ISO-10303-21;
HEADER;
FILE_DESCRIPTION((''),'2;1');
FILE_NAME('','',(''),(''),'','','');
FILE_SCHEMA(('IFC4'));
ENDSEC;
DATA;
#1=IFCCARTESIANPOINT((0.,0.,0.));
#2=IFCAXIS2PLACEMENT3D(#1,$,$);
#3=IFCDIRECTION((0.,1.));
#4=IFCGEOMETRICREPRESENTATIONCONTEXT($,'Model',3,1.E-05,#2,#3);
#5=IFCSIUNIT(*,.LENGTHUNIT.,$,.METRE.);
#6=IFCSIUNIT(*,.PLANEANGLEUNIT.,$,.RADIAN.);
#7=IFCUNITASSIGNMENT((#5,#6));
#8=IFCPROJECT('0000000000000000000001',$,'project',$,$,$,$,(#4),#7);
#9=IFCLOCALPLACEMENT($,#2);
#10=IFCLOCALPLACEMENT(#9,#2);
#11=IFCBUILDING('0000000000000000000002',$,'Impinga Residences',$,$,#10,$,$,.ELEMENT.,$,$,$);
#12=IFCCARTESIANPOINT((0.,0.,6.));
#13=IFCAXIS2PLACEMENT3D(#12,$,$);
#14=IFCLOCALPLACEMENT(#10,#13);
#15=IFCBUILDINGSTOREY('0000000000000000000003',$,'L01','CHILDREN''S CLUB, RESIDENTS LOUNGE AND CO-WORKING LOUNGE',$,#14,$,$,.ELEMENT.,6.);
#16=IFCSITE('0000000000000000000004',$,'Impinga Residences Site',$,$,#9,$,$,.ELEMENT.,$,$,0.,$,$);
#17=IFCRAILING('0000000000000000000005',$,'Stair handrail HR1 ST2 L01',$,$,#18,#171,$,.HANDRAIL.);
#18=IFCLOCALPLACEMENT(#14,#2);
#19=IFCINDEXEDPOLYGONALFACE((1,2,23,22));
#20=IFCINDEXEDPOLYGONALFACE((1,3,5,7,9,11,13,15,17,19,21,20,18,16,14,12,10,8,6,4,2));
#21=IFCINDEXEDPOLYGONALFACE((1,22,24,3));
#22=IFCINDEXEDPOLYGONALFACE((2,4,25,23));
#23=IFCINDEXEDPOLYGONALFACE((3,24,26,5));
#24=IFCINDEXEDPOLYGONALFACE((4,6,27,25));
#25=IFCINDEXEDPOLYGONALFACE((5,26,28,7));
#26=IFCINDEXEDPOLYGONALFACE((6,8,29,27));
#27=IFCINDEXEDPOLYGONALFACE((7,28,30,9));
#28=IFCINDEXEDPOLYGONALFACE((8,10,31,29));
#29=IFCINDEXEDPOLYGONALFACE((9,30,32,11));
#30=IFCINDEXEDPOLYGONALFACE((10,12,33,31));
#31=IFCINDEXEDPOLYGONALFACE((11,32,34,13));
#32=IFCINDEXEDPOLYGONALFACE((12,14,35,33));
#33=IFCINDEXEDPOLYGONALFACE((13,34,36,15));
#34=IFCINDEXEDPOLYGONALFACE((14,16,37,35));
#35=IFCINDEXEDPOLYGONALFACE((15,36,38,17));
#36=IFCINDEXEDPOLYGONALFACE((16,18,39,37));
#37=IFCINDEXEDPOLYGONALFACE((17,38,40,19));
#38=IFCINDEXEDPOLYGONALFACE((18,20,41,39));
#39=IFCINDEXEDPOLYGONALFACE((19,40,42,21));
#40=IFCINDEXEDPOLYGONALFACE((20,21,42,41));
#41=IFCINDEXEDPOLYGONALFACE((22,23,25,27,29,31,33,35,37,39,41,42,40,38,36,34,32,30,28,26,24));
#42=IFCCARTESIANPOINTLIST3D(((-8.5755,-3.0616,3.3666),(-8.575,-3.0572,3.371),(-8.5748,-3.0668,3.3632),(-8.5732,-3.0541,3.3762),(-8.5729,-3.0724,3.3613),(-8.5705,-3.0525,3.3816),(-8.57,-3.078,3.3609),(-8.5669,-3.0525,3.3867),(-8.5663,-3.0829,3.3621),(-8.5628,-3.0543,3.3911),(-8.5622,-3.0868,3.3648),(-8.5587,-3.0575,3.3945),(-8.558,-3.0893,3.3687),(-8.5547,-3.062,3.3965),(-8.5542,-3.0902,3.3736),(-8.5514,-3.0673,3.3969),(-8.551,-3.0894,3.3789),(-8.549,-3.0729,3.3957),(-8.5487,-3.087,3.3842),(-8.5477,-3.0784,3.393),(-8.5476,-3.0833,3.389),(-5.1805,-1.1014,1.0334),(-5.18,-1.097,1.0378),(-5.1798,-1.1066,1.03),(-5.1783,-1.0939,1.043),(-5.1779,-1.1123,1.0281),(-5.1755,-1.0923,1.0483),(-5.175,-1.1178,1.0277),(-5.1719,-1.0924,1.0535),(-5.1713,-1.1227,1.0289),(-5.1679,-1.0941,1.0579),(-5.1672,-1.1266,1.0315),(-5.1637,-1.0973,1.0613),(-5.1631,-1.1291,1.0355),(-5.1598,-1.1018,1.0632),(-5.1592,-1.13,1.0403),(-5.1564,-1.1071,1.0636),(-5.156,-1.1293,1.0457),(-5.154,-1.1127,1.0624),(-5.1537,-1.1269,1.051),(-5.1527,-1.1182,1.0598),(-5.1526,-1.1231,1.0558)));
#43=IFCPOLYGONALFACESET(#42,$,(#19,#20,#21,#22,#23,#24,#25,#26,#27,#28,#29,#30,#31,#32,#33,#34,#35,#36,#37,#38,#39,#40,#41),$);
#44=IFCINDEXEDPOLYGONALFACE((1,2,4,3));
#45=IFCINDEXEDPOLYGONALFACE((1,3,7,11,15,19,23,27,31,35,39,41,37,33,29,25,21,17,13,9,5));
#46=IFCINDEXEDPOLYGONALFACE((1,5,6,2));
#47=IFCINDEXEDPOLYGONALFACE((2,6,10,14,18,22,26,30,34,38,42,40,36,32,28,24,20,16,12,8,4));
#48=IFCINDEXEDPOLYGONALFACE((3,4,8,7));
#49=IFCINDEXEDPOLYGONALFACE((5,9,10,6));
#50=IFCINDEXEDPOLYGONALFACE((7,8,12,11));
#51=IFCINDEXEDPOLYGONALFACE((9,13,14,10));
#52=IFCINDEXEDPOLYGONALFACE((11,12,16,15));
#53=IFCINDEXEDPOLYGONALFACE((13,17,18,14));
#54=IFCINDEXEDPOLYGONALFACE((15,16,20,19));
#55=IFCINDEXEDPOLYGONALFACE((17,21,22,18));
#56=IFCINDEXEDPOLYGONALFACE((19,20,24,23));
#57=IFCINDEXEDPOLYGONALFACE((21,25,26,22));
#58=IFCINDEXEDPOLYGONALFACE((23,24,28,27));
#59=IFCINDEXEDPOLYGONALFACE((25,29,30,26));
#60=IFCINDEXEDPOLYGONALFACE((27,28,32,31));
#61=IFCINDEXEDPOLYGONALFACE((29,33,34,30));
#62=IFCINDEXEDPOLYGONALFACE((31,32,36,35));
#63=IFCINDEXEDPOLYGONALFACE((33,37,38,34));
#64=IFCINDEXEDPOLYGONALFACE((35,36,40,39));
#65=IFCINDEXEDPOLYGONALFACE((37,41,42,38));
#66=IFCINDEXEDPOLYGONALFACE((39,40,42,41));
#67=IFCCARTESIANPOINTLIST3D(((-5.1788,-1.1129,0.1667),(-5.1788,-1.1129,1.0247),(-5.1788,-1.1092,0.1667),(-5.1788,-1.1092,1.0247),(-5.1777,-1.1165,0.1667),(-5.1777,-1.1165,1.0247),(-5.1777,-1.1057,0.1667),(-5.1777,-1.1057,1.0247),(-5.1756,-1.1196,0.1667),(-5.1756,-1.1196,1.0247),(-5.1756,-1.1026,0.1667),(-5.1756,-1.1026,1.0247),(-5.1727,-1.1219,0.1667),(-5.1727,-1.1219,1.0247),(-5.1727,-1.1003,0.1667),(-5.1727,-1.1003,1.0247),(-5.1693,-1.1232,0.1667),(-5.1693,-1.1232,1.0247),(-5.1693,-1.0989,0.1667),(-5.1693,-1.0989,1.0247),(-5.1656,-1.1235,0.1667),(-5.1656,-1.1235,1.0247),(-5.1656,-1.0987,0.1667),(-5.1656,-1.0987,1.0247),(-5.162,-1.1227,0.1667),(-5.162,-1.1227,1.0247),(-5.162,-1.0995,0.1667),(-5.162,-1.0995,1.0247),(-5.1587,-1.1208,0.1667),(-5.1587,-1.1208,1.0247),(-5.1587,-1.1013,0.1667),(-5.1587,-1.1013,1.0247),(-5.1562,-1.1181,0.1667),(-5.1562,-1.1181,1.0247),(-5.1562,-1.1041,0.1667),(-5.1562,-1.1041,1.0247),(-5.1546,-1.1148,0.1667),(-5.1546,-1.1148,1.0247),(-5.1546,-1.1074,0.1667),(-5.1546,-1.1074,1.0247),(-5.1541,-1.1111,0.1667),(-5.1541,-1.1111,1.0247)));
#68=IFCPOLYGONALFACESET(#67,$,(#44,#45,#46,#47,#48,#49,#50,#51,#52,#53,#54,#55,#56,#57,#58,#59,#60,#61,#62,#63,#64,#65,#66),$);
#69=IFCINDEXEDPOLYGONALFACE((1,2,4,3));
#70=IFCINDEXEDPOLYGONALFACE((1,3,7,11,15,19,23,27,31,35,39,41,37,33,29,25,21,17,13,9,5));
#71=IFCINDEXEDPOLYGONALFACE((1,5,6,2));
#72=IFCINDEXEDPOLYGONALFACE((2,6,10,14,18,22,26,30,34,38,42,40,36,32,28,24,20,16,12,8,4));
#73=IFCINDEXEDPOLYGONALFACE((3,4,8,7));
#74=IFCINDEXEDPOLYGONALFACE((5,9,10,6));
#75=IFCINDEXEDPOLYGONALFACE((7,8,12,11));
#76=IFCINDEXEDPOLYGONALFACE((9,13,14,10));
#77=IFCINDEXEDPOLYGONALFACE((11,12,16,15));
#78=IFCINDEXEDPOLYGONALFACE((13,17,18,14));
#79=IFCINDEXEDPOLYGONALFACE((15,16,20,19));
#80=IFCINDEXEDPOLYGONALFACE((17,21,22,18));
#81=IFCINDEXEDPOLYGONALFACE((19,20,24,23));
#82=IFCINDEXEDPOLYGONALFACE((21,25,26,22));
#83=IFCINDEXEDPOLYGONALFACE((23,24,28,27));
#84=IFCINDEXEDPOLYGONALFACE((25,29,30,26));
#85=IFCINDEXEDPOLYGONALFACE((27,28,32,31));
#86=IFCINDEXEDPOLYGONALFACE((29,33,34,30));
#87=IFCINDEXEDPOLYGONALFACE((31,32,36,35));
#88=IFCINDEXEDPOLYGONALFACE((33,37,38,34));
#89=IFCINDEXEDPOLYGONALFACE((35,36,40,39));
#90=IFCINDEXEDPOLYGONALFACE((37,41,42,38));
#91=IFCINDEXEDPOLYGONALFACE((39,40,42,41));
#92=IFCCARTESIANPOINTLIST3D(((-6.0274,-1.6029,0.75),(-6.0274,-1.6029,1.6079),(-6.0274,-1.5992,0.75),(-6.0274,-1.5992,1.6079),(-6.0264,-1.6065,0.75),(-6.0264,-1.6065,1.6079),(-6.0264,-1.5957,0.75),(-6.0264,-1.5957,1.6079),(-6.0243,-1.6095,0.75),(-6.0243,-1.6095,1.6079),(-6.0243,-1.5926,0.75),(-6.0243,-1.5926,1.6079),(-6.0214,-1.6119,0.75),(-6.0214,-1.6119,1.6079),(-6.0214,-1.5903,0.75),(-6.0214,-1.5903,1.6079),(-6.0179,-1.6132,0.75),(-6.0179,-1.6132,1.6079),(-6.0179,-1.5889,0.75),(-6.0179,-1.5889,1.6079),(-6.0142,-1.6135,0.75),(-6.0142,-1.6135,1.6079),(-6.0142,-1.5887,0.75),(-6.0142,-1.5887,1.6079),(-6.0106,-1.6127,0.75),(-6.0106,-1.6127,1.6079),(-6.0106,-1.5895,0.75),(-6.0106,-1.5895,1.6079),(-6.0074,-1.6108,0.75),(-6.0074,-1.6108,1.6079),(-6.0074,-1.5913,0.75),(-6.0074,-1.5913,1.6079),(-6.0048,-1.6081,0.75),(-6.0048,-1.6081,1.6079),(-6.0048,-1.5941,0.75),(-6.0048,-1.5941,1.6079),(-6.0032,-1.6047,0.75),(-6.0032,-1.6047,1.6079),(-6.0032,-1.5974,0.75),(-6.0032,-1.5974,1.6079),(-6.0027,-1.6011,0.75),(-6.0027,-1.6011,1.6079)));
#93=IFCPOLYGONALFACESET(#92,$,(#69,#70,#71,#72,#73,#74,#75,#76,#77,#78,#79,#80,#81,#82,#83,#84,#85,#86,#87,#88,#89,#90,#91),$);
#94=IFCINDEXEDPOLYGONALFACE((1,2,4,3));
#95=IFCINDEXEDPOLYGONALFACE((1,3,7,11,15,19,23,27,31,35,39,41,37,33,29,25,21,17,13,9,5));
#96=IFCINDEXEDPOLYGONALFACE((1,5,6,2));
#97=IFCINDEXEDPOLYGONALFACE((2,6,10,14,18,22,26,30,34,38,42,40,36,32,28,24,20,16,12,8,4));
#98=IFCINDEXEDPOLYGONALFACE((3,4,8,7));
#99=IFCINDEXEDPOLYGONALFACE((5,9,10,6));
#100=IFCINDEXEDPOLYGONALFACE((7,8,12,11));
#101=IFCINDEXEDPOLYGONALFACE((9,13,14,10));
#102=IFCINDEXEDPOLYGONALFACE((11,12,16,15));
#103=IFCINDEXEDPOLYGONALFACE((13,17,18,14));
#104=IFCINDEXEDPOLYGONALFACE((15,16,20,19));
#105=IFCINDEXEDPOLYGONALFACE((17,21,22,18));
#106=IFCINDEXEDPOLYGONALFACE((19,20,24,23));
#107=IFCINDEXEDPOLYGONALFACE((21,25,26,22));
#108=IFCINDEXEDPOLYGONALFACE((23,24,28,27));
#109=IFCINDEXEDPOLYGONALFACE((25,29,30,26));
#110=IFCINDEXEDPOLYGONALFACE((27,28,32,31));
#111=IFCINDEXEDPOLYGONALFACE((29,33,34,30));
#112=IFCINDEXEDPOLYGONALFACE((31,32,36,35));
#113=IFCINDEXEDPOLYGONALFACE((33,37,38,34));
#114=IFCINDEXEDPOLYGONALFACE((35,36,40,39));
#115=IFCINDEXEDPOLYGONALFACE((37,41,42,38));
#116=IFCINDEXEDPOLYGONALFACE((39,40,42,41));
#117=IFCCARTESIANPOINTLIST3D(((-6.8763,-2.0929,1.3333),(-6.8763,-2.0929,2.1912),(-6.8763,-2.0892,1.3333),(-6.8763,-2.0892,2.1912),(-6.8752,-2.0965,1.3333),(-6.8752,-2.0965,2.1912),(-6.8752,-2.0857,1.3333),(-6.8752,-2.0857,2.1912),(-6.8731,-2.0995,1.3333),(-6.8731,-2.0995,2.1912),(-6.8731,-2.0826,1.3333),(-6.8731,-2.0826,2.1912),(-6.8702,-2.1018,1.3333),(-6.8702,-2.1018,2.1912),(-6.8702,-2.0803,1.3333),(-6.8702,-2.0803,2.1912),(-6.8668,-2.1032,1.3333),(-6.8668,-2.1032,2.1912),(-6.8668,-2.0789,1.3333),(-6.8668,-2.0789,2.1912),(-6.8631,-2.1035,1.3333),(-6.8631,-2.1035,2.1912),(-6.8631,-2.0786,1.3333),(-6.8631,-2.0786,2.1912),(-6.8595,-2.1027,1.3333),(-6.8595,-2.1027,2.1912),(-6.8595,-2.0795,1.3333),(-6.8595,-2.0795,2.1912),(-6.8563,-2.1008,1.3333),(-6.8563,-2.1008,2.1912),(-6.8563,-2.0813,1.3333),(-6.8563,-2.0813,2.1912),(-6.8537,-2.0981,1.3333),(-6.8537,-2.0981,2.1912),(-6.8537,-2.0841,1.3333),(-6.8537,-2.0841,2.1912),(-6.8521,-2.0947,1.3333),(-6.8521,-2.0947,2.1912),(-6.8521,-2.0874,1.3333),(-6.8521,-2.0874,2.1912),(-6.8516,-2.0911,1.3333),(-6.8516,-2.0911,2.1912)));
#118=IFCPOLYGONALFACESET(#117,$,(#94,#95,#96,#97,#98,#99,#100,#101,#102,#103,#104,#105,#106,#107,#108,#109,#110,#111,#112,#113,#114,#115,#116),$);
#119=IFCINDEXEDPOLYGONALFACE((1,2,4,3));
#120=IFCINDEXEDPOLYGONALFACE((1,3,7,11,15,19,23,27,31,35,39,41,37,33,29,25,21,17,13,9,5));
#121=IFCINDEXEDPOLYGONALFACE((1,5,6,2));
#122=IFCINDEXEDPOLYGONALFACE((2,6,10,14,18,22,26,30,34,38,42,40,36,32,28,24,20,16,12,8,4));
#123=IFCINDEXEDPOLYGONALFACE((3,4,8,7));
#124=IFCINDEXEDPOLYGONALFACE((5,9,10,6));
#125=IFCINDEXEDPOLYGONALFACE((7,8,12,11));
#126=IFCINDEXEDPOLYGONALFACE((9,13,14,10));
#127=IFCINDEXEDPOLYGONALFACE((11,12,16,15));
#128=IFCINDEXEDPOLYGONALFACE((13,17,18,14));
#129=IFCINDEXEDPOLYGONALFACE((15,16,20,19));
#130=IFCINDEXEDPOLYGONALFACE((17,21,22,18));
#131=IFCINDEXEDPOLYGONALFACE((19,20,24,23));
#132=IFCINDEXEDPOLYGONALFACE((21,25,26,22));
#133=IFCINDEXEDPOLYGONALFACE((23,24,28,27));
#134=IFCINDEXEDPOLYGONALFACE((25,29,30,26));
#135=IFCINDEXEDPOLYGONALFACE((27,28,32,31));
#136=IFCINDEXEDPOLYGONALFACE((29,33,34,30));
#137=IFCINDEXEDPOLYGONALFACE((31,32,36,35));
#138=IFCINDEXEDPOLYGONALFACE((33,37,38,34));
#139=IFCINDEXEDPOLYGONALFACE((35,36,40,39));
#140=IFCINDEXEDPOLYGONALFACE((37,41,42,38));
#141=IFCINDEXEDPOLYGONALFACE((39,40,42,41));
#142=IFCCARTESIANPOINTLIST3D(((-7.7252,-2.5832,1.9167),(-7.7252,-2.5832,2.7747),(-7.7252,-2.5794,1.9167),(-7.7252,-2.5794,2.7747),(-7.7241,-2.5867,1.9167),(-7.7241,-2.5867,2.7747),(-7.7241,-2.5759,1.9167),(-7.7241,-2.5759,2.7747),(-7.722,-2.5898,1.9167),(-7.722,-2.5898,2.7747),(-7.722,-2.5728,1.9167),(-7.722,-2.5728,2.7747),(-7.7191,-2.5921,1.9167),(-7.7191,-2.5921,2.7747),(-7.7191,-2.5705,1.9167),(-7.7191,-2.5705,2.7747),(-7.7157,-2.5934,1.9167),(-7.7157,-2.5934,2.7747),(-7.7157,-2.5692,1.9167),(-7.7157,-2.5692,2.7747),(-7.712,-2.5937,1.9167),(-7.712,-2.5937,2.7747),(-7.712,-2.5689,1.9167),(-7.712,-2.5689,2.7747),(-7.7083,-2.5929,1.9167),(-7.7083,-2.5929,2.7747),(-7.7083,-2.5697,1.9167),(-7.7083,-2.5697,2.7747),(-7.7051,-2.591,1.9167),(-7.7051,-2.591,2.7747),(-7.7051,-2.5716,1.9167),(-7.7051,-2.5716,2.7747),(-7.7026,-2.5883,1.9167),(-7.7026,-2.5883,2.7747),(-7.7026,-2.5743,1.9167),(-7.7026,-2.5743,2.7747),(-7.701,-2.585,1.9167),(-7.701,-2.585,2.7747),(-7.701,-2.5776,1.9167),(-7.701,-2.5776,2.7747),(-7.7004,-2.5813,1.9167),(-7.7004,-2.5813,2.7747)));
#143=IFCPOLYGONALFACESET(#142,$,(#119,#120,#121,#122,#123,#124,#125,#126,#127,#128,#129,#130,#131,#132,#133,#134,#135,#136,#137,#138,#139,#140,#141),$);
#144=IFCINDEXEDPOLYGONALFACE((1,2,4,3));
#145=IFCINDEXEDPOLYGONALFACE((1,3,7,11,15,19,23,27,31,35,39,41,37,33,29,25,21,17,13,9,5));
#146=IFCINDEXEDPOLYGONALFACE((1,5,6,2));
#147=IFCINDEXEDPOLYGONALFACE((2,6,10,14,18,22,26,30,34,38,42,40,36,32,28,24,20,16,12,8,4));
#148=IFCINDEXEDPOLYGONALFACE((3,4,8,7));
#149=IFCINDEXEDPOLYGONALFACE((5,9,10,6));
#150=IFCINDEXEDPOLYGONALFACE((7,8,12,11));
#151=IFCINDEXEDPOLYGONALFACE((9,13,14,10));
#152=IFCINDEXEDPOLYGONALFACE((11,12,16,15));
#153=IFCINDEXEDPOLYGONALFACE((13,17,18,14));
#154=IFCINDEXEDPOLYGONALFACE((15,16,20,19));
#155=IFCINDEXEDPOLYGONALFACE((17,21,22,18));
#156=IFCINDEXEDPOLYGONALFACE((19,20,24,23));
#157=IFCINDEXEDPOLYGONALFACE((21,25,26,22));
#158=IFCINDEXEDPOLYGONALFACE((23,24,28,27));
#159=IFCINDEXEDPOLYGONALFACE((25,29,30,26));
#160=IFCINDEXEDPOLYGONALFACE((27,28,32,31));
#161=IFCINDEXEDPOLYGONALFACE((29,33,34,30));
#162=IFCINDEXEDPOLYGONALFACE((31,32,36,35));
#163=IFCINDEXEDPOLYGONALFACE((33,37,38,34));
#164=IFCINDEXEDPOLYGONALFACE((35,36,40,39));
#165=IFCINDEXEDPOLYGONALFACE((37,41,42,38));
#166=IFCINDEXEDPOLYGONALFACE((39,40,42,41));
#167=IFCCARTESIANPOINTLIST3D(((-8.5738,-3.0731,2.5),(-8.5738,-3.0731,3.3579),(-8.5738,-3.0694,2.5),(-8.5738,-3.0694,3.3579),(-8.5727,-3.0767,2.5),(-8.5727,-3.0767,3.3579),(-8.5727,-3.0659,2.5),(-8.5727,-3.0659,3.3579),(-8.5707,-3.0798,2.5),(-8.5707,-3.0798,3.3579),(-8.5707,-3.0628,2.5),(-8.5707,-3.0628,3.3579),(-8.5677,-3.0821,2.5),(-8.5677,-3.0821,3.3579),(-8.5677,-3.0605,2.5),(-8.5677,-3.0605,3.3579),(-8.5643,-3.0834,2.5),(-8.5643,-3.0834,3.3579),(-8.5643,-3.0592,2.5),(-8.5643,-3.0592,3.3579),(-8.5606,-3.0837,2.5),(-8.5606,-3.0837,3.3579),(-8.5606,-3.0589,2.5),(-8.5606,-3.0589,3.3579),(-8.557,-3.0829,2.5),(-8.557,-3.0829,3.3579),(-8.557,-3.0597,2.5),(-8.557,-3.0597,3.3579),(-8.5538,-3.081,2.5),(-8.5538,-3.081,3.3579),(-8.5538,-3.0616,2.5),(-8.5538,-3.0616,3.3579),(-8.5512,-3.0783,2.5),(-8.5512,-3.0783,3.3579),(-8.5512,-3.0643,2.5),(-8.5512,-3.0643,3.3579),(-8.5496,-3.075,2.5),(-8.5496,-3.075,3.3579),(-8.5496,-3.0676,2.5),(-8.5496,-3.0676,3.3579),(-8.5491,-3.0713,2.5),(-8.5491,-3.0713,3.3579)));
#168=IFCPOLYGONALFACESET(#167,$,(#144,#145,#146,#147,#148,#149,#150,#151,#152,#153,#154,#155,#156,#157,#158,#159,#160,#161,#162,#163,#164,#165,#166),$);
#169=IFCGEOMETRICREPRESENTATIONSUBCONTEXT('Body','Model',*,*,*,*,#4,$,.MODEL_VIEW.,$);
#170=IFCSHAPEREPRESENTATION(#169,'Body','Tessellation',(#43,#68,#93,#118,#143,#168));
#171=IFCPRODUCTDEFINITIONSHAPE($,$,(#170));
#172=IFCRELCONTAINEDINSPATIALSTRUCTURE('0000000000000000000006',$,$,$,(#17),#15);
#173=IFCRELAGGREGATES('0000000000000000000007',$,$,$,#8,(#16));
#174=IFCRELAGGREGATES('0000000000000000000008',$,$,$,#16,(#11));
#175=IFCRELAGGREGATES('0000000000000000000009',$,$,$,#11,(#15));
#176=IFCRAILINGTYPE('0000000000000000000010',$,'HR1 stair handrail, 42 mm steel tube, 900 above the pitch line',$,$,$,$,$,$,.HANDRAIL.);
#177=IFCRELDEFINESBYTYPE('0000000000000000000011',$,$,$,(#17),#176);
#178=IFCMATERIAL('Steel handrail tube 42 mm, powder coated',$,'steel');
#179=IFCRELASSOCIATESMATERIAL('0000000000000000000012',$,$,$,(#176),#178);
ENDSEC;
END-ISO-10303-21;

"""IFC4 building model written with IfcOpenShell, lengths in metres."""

from ifc_helpers import new_model, si_unit, direction, frame, origin, origin_2d, place, context, subcontext, project, spatial, circle, extrude, material, type_object, element, save


model = new_model("IFC4")

# Units and contexts
model_context = context("Model", 3, precision=1e-05, world=origin(), true_north=direction((0.0, 1.0)))
body_context = subcontext(model_context, "Body", "Model", "MODEL_VIEW")
ifc_project = project(units=[si_unit("LENGTHUNIT", "METRE"), si_unit("PLANEANGLEUNIT", "RADIAN")], contexts=[model_context])

# Site, building, storey
site_placement = place(None, origin())
site = spatial("IfcSite", under=ifc_project, at=site_placement, Name="Impinga Residences Site", CompositionType="ELEMENT", RefElevation=0.0)
building_placement = place(site_placement, origin())
building = spatial("IfcBuilding", under=site, at=building_placement, Name="Impinga Residences", CompositionType="ELEMENT")
storey_placement = place(building_placement, frame((0.0, 0.0, 6.0)))
storey = spatial("IfcBuildingStorey", under=building, at=storey_placement, Name="L01", Description="CHILDREN'S CLUB, RESIDENTS LOUNGE AND CO-WORKING LOUNGE", CompositionType="ELEMENT", Elevation=6.0)

# Railing
ifc_material_1 = material(Name="Steel handrail tube 42 mm, powder coated", Category="steel")
railing_type_1 = type_object("IfcRailingType", Name="HR1 stair handrail, 42 mm steel tube, 900 above the pitch line", PredefinedType="HANDRAIL", material=ifc_material_1)
railing_1_placement = place(storey_placement, frame((-5.1665, -1.1111, 0.1667)))
element("IfcRailing", 1, at=railing_1_placement, inside=storey, type_object=railing_type_1, Name="Stair handrail HR1 ST2 L01", PredefinedType="HANDRAIL", context=body_context, shape_type="SweptSolid", body=[
    extrude(circle(Radius=0.021, at=origin_2d()), frame((0.0, 0.0, 0.8789), z_axis=(-0.744181, -0.429673, 0.511444), x_axis=(0.500017, -0.866016, 0.0)), (0.0, 0.0, 1.0), 4.562),
    extrude(circle(Radius=0.0125, at=origin_2d()), origin(), (0.0, 0.0, 1.0), 0.8579),
    extrude(circle(Radius=0.0125, at=origin_2d()), frame((-0.8486, -0.49, 0.5833)), (0.0, 0.0, 1.0), 0.8579),
    extrude(circle(Radius=0.0125, at=origin_2d()), frame((-1.6975, -0.98, 1.1665)), (0.0, 0.0, 1.0), 0.8579),
    extrude(circle(Radius=0.0125, at=origin_2d()), frame((-2.5464, -1.4702, 1.75)), (0.0, 0.0, 1.0), 0.8579),
    extrude(circle(Radius=0.0125, at=origin_2d()), frame((-3.395, -1.9602, 2.3333)), (0.0, 0.0, 1.0), 0.8579),
])

save(model, "model.ifc")
